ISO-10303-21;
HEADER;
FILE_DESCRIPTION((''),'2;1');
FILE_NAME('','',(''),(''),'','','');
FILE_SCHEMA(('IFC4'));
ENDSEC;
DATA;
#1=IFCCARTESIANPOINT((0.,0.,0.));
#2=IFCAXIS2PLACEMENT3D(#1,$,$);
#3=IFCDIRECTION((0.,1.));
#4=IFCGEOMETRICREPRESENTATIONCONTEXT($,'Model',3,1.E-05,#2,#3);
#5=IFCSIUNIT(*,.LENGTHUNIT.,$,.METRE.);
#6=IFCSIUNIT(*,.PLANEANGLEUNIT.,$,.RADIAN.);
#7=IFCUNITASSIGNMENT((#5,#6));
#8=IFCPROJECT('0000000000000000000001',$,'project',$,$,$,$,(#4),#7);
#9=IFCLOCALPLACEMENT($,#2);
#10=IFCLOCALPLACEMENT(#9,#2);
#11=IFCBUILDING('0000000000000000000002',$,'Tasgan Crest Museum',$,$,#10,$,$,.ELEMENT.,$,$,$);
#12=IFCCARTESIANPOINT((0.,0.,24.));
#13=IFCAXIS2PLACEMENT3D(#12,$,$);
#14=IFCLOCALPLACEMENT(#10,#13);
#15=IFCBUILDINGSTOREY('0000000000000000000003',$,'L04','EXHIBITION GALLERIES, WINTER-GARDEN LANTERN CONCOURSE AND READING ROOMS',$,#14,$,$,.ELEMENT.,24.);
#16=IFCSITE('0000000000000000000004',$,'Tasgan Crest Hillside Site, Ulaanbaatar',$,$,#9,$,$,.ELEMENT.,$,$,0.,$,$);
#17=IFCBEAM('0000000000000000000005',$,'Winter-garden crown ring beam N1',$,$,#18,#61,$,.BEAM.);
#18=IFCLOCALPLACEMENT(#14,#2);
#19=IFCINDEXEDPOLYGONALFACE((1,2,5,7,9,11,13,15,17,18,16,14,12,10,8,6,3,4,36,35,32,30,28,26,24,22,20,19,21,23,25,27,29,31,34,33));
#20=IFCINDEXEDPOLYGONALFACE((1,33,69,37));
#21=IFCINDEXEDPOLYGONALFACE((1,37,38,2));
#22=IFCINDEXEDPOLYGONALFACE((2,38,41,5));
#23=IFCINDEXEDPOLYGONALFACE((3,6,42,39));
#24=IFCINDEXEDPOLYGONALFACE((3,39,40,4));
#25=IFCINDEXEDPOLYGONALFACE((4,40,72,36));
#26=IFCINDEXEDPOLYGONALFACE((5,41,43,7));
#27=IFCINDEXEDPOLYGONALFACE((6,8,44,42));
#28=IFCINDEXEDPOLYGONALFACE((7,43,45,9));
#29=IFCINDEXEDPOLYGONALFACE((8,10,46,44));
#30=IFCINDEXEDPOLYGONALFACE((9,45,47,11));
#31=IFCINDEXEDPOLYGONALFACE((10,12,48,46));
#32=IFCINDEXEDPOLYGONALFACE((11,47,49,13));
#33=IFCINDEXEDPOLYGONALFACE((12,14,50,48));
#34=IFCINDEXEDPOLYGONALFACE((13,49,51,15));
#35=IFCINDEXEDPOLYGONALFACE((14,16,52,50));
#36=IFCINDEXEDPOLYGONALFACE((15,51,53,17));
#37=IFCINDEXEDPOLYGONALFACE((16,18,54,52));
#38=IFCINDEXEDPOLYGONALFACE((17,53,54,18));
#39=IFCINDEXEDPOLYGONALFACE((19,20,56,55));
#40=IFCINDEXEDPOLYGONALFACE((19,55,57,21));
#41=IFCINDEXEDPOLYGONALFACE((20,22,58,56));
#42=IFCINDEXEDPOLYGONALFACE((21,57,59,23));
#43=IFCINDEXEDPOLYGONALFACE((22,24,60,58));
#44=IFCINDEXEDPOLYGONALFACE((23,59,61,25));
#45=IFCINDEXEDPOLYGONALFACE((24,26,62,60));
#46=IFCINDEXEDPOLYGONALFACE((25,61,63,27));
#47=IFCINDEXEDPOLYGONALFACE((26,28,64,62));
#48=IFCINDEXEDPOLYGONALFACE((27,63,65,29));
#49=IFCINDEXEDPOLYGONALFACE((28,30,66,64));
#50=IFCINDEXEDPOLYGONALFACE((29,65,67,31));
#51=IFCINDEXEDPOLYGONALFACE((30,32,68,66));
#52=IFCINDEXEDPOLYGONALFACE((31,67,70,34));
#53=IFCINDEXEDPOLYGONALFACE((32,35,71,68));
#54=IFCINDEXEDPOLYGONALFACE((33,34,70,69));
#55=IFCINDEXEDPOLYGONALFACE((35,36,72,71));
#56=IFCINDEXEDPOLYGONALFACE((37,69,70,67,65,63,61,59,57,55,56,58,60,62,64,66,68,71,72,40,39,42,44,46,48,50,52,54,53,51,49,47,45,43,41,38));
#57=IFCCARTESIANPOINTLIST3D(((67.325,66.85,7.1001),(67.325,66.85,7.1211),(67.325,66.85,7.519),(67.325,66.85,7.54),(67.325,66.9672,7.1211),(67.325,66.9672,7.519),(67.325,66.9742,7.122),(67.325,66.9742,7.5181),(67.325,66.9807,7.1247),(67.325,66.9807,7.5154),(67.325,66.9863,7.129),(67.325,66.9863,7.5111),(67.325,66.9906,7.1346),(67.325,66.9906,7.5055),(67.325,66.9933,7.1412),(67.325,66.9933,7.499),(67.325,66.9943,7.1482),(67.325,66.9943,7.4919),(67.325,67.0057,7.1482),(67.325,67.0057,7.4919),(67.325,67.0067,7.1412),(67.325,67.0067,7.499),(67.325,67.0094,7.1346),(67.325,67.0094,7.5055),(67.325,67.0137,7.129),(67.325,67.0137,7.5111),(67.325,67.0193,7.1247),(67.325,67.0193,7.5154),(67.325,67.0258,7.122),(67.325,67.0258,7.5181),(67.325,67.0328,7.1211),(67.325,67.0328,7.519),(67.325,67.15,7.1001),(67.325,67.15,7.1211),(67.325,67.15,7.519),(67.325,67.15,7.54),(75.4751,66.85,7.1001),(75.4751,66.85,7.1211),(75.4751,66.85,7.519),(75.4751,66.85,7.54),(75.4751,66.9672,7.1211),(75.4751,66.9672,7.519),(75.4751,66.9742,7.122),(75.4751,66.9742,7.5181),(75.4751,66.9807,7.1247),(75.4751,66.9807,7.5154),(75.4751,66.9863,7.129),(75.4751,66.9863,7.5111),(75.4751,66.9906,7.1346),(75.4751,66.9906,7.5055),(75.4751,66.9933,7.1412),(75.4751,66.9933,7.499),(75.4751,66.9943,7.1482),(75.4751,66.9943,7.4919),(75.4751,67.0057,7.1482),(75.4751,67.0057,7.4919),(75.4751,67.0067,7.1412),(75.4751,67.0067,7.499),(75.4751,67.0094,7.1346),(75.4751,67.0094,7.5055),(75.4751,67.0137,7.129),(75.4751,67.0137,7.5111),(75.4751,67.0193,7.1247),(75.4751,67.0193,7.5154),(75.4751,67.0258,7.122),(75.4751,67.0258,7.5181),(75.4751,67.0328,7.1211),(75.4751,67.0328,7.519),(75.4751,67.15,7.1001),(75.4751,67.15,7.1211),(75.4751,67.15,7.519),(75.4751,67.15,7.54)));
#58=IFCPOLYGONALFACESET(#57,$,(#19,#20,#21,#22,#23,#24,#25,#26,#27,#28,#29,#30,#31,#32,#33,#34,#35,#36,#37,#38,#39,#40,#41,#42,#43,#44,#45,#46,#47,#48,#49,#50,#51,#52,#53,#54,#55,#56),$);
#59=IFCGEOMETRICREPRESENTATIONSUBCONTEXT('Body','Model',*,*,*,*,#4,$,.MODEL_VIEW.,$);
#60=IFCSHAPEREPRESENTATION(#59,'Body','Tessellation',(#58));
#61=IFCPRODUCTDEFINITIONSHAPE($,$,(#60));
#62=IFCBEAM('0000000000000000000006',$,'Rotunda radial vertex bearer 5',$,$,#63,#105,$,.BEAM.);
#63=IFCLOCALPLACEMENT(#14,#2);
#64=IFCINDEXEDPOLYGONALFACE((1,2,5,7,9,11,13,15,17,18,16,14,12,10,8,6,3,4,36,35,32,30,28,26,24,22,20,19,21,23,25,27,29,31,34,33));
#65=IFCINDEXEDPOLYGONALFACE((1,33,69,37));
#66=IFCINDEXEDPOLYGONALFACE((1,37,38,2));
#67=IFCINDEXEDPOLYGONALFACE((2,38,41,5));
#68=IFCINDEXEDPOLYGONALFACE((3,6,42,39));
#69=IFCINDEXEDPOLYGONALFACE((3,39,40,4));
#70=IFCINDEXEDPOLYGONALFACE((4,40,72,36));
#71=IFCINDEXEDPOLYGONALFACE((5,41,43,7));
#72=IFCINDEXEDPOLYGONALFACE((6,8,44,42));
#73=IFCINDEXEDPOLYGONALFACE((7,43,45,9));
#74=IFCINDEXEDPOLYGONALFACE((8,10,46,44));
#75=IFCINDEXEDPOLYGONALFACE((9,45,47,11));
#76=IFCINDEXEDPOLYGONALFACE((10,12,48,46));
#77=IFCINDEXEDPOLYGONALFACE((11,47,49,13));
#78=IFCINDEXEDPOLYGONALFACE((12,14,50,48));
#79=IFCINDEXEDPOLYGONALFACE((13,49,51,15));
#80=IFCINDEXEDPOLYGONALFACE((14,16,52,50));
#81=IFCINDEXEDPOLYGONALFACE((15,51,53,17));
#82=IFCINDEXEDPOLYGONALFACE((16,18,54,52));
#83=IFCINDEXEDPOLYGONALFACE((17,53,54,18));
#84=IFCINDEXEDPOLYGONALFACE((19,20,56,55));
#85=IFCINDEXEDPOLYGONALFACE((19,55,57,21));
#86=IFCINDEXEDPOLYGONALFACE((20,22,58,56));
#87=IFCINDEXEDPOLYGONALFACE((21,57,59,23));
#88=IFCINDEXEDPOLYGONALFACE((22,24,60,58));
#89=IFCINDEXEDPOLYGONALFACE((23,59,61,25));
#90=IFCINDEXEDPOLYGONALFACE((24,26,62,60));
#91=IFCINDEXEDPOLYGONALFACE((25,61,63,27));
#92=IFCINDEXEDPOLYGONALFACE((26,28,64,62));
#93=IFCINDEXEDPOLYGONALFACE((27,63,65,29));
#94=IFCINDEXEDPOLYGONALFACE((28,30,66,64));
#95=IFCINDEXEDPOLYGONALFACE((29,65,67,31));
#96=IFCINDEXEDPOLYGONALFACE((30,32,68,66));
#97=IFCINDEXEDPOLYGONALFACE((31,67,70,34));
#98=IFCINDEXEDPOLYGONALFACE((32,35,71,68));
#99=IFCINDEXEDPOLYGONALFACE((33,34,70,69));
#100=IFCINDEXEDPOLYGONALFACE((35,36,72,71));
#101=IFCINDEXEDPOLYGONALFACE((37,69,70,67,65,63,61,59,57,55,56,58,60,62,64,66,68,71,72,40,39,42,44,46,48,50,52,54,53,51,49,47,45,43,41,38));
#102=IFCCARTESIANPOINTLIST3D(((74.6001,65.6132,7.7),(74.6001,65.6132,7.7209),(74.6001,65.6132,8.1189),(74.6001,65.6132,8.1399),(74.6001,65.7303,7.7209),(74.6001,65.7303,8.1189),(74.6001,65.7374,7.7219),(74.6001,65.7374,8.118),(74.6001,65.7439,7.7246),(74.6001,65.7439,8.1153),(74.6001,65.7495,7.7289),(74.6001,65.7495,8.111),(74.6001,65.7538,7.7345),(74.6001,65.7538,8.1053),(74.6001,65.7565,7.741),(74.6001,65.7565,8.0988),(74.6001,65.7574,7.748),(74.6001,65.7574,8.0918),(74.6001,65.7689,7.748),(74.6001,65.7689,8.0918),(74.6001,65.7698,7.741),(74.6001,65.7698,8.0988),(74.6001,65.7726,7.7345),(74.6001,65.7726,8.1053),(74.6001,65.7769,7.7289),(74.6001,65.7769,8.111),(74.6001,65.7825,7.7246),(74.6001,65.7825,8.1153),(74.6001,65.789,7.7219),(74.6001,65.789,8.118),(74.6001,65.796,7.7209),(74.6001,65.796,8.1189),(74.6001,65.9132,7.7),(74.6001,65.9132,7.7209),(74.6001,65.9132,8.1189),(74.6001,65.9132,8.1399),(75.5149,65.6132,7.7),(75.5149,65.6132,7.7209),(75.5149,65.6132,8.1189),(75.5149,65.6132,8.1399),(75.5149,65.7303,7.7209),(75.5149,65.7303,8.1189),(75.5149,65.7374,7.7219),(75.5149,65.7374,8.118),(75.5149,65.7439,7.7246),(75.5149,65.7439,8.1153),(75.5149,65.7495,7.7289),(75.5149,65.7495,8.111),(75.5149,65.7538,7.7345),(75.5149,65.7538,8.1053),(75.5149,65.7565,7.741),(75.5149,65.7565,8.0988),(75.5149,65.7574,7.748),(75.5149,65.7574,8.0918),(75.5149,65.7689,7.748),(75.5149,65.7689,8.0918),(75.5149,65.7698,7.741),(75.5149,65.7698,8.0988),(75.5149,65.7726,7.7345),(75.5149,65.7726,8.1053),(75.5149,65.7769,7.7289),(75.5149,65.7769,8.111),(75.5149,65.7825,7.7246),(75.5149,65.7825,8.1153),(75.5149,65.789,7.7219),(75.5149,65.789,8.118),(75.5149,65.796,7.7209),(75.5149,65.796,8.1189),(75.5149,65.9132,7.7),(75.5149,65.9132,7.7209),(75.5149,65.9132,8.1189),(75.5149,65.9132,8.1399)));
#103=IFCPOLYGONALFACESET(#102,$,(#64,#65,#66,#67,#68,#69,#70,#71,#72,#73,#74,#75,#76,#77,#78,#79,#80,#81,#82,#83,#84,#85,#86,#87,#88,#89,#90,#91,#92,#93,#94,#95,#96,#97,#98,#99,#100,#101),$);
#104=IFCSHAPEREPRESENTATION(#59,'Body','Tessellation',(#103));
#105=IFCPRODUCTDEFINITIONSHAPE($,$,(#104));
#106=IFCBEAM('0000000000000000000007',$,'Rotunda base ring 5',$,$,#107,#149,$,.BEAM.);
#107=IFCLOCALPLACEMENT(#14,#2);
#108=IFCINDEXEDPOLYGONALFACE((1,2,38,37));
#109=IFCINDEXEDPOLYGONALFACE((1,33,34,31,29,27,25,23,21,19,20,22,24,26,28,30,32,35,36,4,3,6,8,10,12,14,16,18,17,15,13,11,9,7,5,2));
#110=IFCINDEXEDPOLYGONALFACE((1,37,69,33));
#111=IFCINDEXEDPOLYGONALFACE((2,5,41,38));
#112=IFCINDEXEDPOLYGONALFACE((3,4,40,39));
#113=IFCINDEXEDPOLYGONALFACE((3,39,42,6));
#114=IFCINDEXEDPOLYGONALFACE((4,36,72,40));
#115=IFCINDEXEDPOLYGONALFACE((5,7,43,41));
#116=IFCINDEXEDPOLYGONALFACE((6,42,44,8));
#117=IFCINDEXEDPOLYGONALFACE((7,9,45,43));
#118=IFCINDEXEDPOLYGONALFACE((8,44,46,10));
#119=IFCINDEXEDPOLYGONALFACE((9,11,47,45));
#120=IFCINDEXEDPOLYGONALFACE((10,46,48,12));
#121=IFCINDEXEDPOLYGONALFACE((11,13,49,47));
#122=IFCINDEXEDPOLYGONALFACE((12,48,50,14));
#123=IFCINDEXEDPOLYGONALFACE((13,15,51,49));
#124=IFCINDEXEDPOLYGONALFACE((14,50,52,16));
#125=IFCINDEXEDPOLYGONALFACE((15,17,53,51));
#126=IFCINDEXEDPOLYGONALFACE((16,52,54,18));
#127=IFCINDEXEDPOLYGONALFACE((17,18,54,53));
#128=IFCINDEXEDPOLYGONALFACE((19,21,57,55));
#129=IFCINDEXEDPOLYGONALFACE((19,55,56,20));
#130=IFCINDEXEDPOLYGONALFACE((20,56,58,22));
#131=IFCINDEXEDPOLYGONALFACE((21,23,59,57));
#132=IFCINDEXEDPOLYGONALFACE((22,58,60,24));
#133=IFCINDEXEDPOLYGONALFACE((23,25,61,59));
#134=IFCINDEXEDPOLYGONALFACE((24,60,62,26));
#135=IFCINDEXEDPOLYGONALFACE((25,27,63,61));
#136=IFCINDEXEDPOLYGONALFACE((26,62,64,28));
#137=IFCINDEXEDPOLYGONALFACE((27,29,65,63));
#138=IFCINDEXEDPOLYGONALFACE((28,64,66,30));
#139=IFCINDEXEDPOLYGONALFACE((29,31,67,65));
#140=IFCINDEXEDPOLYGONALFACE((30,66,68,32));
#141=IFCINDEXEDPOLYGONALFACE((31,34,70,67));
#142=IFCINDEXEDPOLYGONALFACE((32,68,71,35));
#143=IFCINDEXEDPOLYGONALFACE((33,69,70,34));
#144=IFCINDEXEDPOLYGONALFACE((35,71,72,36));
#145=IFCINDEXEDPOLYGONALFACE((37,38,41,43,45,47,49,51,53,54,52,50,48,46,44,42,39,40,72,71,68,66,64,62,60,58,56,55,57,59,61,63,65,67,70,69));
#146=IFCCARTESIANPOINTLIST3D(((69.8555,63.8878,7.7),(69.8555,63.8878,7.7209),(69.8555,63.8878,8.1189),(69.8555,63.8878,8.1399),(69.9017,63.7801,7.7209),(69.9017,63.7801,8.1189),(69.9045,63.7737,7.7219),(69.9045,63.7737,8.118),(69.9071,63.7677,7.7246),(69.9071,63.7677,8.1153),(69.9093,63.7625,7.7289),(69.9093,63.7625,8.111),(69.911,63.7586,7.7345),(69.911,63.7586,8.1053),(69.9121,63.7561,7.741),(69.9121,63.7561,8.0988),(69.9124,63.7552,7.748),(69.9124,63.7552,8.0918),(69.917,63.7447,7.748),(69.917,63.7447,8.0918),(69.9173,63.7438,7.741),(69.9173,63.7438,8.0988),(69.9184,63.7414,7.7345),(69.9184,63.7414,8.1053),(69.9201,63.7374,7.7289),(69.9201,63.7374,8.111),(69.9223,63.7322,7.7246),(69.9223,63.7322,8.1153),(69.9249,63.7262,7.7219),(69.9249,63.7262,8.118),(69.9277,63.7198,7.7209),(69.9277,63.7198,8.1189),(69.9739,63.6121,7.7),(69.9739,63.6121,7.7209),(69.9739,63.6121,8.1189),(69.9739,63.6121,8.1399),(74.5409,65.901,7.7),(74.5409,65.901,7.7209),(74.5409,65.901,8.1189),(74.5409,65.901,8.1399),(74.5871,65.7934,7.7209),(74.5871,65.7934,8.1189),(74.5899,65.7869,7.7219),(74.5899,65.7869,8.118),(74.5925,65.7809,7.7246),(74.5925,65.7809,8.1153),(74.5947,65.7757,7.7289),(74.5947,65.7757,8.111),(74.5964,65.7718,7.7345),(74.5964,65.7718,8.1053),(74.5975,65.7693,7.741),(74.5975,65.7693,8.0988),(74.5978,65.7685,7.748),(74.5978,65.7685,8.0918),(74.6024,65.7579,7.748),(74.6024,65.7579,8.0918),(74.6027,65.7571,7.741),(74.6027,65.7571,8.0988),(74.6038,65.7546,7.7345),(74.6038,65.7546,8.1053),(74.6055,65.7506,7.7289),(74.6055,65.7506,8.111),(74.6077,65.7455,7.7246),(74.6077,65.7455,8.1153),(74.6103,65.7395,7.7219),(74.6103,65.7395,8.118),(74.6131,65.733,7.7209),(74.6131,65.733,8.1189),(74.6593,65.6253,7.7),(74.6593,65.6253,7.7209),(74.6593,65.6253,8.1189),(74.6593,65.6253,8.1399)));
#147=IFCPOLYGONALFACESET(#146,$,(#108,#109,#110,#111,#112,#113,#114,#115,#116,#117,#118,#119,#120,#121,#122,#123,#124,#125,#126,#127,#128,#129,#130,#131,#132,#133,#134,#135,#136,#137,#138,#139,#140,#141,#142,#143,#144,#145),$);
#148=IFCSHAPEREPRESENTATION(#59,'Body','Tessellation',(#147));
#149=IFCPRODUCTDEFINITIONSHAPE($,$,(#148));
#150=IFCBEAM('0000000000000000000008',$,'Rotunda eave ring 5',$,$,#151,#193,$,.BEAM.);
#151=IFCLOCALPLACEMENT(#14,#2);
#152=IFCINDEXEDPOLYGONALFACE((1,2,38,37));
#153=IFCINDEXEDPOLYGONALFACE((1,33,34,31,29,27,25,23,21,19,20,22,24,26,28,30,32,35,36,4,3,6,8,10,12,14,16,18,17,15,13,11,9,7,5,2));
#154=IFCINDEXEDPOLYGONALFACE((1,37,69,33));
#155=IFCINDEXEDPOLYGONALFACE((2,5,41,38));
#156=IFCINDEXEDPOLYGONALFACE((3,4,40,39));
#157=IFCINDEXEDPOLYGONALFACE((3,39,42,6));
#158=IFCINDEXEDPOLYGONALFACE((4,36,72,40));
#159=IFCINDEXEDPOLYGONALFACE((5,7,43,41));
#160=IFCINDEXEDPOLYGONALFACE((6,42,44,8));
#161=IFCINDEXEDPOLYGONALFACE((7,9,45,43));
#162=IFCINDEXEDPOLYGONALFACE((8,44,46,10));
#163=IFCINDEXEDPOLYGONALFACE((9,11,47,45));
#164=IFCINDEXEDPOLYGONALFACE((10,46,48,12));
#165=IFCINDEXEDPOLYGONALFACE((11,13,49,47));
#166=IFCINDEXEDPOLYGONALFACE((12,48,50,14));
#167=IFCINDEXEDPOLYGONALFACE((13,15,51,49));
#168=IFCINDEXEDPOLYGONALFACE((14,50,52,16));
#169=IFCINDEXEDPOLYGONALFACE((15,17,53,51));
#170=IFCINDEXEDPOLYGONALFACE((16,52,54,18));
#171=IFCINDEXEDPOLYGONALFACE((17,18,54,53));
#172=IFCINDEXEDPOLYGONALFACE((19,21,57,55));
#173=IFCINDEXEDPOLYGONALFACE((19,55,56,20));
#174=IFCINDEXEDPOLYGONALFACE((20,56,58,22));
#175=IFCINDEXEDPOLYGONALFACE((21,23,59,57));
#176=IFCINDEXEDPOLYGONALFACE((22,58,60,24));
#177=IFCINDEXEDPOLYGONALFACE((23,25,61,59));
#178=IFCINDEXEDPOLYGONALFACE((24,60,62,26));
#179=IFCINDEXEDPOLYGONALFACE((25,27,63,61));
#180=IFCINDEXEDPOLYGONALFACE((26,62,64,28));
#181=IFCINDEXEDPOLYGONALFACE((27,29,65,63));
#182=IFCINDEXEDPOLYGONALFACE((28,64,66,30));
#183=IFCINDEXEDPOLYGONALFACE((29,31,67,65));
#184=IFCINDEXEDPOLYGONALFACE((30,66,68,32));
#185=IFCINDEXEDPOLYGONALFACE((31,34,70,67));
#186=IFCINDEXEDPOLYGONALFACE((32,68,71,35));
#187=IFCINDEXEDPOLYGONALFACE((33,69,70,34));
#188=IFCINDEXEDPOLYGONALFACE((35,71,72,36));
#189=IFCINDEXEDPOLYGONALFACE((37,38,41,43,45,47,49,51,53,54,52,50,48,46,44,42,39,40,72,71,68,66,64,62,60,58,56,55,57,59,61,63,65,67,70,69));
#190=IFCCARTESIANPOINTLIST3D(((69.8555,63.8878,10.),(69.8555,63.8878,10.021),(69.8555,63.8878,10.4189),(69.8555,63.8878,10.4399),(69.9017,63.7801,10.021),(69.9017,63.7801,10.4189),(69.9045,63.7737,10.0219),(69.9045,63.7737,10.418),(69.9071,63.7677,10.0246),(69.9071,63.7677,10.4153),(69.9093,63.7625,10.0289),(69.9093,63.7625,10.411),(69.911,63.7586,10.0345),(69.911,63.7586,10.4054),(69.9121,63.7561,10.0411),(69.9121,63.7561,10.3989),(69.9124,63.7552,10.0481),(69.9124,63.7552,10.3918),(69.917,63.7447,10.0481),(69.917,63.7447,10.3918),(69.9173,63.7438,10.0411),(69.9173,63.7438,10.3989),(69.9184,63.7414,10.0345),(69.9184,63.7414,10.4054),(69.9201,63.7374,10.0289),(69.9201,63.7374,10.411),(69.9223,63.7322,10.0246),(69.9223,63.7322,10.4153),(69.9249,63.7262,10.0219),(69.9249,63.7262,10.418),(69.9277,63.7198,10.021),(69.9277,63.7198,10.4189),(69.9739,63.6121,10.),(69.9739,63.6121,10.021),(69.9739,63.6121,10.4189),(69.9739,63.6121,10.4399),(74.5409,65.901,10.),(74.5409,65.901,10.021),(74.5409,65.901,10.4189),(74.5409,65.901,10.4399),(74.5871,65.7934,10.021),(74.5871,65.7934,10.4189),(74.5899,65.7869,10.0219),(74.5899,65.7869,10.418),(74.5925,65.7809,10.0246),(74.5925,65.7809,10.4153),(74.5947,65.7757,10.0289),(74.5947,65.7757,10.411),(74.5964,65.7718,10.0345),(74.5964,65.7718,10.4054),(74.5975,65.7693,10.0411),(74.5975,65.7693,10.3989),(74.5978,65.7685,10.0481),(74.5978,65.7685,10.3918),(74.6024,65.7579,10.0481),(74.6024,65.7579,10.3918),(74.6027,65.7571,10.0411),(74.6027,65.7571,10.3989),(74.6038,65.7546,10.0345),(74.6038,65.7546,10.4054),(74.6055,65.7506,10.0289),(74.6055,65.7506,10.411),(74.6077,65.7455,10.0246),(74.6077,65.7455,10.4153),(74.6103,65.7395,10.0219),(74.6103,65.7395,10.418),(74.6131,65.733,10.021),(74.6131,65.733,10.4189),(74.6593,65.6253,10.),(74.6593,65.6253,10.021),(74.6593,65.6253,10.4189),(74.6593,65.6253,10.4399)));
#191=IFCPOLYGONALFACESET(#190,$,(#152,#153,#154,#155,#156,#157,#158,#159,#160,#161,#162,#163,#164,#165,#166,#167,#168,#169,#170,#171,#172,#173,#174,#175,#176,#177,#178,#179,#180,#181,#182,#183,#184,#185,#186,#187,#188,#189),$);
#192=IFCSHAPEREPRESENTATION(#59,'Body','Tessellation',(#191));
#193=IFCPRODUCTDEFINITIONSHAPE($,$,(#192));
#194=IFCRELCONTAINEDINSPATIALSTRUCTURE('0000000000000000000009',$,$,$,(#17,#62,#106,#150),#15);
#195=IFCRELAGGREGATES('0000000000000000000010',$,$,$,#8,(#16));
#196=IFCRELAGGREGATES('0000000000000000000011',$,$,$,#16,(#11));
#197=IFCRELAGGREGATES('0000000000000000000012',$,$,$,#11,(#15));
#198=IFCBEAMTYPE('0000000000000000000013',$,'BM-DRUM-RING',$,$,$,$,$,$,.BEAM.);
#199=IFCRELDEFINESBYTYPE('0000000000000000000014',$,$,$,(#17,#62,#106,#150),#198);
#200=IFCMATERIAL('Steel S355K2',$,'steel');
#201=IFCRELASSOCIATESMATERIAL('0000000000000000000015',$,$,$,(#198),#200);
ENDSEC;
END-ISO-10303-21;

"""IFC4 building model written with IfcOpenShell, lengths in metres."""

from ifc_helpers import new_model, si_unit, direction, frame, origin, origin_2d, place, context, subcontext, project, spatial, i_section, extrude, material, material_profile, profile_set, type_object, element, save


model = new_model("IFC4")

# Units and contexts
model_context = context("Model", 3, precision=1e-05, world=origin(), true_north=direction((0.0, 1.0)))
body_context = subcontext(model_context, "Body", "Model", "MODEL_VIEW")
ifc_project = project(units=[si_unit("LENGTHUNIT", "METRE"), si_unit("PLANEANGLEUNIT", "RADIAN")], contexts=[model_context])

# Site, building, storey
site_placement = place(None, origin())
site = spatial("IfcSite", under=ifc_project, at=site_placement, Name="Tasgan Crest Hillside Site, Ulaanbaatar", CompositionType="ELEMENT", RefElevation=0.0)
building_placement = place(site_placement, origin())
building = spatial("IfcBuilding", under=site, at=building_placement, Name="Tasgan Crest Museum", CompositionType="ELEMENT")
storey_placement = place(building_placement, frame((0.0, 0.0, 24.0)))
storey = spatial("IfcBuildingStorey", under=building, at=storey_placement, Name="L04", Description="EXHIBITION GALLERIES, WINTER-GARDEN LANTERN CONCOURSE AND READING ROOMS", CompositionType="ELEMENT", Elevation=24.0)

# Beams
ifc_material_1 = material(Name="Steel S355K2", Category="steel")
ifc_material_profile_1 = material_profile(ifc_material_1, i_section(OverallWidth=0.3, OverallDepth=0.4399, WebThickness=0.0115, FlangeThickness=0.021, FilletRadius=0.0271, at=origin_2d()), Name="HEA 450")
ifc_profile_set_1 = profile_set([ifc_material_profile_1], Name="Steel S355K2")
beam_type_1 = type_object("IfcBeamType", Name="BM-DRUM-RING", PredefinedType="BEAM", material=ifc_profile_set_1)
beam_1_placement = place(storey_placement, frame((67.325, 67.0, 7.3201), z_axis=(1.0, 0.0, 0.0), x_axis=(0.0, 1.0, 0.0)))
element("IfcBeam", 1, at=beam_1_placement, inside=storey, type_object=beam_type_1, Name="Winter-garden crown ring beam N1", PredefinedType="BEAM", context=body_context, shape_type="SweptSolid", body=[
    extrude(i_section(OverallWidth=0.3, OverallDepth=0.4399, WebThickness=0.0115, FlangeThickness=0.021, FilletRadius=0.0271, at=origin_2d()), origin(), (0.0, 0.0, 1.0), 8.1501),
])
beam_2_placement = place(storey_placement, frame((75.5149, 65.7632, 7.9199), z_axis=(-1.0, 0.0, 0.0), x_axis=(0.0, -1.0, 0.0)))
element("IfcBeam", 2, at=beam_2_placement, inside=storey, type_object=beam_type_1, Name="Rotunda radial vertex bearer 5", PredefinedType="BEAM", context=body_context, shape_type="SweptSolid", body=[
    extrude(i_section(OverallWidth=0.3, OverallDepth=0.4399, WebThickness=0.0115, FlangeThickness=0.021, FilletRadius=0.0271, at=origin_2d()), origin(), (0.0, 0.0, 1.0), 0.9148),
])
for number, where, z_axis, x_axis, name in (
    (3, (74.6001, 65.7632, 7.9199), (-0.918776, -0.39478, 0.0), (0.39478, -0.918776, 0.0), "Rotunda base ring 5"),
    (4, (74.6001, 65.7632, 10.22), (-0.918776, -0.39478, 0.0), (0.39478, -0.918776, 0.0), "Rotunda eave ring 5"),
):
    element("IfcBeam", number, at=place(storey_placement, frame(where, z_axis=z_axis, x_axis=x_axis)), inside=storey, type_object=beam_type_1, Name=name, PredefinedType="BEAM", context=body_context, shape_type="SweptSolid", body=[
        extrude(i_section(OverallWidth=0.3, OverallDepth=0.4399, WebThickness=0.0115, FlangeThickness=0.021, FilletRadius=0.0271, at=origin_2d()), origin(), (0.0, 0.0, 1.0), 5.0996),
    ])

save(model, "model.ifc")
